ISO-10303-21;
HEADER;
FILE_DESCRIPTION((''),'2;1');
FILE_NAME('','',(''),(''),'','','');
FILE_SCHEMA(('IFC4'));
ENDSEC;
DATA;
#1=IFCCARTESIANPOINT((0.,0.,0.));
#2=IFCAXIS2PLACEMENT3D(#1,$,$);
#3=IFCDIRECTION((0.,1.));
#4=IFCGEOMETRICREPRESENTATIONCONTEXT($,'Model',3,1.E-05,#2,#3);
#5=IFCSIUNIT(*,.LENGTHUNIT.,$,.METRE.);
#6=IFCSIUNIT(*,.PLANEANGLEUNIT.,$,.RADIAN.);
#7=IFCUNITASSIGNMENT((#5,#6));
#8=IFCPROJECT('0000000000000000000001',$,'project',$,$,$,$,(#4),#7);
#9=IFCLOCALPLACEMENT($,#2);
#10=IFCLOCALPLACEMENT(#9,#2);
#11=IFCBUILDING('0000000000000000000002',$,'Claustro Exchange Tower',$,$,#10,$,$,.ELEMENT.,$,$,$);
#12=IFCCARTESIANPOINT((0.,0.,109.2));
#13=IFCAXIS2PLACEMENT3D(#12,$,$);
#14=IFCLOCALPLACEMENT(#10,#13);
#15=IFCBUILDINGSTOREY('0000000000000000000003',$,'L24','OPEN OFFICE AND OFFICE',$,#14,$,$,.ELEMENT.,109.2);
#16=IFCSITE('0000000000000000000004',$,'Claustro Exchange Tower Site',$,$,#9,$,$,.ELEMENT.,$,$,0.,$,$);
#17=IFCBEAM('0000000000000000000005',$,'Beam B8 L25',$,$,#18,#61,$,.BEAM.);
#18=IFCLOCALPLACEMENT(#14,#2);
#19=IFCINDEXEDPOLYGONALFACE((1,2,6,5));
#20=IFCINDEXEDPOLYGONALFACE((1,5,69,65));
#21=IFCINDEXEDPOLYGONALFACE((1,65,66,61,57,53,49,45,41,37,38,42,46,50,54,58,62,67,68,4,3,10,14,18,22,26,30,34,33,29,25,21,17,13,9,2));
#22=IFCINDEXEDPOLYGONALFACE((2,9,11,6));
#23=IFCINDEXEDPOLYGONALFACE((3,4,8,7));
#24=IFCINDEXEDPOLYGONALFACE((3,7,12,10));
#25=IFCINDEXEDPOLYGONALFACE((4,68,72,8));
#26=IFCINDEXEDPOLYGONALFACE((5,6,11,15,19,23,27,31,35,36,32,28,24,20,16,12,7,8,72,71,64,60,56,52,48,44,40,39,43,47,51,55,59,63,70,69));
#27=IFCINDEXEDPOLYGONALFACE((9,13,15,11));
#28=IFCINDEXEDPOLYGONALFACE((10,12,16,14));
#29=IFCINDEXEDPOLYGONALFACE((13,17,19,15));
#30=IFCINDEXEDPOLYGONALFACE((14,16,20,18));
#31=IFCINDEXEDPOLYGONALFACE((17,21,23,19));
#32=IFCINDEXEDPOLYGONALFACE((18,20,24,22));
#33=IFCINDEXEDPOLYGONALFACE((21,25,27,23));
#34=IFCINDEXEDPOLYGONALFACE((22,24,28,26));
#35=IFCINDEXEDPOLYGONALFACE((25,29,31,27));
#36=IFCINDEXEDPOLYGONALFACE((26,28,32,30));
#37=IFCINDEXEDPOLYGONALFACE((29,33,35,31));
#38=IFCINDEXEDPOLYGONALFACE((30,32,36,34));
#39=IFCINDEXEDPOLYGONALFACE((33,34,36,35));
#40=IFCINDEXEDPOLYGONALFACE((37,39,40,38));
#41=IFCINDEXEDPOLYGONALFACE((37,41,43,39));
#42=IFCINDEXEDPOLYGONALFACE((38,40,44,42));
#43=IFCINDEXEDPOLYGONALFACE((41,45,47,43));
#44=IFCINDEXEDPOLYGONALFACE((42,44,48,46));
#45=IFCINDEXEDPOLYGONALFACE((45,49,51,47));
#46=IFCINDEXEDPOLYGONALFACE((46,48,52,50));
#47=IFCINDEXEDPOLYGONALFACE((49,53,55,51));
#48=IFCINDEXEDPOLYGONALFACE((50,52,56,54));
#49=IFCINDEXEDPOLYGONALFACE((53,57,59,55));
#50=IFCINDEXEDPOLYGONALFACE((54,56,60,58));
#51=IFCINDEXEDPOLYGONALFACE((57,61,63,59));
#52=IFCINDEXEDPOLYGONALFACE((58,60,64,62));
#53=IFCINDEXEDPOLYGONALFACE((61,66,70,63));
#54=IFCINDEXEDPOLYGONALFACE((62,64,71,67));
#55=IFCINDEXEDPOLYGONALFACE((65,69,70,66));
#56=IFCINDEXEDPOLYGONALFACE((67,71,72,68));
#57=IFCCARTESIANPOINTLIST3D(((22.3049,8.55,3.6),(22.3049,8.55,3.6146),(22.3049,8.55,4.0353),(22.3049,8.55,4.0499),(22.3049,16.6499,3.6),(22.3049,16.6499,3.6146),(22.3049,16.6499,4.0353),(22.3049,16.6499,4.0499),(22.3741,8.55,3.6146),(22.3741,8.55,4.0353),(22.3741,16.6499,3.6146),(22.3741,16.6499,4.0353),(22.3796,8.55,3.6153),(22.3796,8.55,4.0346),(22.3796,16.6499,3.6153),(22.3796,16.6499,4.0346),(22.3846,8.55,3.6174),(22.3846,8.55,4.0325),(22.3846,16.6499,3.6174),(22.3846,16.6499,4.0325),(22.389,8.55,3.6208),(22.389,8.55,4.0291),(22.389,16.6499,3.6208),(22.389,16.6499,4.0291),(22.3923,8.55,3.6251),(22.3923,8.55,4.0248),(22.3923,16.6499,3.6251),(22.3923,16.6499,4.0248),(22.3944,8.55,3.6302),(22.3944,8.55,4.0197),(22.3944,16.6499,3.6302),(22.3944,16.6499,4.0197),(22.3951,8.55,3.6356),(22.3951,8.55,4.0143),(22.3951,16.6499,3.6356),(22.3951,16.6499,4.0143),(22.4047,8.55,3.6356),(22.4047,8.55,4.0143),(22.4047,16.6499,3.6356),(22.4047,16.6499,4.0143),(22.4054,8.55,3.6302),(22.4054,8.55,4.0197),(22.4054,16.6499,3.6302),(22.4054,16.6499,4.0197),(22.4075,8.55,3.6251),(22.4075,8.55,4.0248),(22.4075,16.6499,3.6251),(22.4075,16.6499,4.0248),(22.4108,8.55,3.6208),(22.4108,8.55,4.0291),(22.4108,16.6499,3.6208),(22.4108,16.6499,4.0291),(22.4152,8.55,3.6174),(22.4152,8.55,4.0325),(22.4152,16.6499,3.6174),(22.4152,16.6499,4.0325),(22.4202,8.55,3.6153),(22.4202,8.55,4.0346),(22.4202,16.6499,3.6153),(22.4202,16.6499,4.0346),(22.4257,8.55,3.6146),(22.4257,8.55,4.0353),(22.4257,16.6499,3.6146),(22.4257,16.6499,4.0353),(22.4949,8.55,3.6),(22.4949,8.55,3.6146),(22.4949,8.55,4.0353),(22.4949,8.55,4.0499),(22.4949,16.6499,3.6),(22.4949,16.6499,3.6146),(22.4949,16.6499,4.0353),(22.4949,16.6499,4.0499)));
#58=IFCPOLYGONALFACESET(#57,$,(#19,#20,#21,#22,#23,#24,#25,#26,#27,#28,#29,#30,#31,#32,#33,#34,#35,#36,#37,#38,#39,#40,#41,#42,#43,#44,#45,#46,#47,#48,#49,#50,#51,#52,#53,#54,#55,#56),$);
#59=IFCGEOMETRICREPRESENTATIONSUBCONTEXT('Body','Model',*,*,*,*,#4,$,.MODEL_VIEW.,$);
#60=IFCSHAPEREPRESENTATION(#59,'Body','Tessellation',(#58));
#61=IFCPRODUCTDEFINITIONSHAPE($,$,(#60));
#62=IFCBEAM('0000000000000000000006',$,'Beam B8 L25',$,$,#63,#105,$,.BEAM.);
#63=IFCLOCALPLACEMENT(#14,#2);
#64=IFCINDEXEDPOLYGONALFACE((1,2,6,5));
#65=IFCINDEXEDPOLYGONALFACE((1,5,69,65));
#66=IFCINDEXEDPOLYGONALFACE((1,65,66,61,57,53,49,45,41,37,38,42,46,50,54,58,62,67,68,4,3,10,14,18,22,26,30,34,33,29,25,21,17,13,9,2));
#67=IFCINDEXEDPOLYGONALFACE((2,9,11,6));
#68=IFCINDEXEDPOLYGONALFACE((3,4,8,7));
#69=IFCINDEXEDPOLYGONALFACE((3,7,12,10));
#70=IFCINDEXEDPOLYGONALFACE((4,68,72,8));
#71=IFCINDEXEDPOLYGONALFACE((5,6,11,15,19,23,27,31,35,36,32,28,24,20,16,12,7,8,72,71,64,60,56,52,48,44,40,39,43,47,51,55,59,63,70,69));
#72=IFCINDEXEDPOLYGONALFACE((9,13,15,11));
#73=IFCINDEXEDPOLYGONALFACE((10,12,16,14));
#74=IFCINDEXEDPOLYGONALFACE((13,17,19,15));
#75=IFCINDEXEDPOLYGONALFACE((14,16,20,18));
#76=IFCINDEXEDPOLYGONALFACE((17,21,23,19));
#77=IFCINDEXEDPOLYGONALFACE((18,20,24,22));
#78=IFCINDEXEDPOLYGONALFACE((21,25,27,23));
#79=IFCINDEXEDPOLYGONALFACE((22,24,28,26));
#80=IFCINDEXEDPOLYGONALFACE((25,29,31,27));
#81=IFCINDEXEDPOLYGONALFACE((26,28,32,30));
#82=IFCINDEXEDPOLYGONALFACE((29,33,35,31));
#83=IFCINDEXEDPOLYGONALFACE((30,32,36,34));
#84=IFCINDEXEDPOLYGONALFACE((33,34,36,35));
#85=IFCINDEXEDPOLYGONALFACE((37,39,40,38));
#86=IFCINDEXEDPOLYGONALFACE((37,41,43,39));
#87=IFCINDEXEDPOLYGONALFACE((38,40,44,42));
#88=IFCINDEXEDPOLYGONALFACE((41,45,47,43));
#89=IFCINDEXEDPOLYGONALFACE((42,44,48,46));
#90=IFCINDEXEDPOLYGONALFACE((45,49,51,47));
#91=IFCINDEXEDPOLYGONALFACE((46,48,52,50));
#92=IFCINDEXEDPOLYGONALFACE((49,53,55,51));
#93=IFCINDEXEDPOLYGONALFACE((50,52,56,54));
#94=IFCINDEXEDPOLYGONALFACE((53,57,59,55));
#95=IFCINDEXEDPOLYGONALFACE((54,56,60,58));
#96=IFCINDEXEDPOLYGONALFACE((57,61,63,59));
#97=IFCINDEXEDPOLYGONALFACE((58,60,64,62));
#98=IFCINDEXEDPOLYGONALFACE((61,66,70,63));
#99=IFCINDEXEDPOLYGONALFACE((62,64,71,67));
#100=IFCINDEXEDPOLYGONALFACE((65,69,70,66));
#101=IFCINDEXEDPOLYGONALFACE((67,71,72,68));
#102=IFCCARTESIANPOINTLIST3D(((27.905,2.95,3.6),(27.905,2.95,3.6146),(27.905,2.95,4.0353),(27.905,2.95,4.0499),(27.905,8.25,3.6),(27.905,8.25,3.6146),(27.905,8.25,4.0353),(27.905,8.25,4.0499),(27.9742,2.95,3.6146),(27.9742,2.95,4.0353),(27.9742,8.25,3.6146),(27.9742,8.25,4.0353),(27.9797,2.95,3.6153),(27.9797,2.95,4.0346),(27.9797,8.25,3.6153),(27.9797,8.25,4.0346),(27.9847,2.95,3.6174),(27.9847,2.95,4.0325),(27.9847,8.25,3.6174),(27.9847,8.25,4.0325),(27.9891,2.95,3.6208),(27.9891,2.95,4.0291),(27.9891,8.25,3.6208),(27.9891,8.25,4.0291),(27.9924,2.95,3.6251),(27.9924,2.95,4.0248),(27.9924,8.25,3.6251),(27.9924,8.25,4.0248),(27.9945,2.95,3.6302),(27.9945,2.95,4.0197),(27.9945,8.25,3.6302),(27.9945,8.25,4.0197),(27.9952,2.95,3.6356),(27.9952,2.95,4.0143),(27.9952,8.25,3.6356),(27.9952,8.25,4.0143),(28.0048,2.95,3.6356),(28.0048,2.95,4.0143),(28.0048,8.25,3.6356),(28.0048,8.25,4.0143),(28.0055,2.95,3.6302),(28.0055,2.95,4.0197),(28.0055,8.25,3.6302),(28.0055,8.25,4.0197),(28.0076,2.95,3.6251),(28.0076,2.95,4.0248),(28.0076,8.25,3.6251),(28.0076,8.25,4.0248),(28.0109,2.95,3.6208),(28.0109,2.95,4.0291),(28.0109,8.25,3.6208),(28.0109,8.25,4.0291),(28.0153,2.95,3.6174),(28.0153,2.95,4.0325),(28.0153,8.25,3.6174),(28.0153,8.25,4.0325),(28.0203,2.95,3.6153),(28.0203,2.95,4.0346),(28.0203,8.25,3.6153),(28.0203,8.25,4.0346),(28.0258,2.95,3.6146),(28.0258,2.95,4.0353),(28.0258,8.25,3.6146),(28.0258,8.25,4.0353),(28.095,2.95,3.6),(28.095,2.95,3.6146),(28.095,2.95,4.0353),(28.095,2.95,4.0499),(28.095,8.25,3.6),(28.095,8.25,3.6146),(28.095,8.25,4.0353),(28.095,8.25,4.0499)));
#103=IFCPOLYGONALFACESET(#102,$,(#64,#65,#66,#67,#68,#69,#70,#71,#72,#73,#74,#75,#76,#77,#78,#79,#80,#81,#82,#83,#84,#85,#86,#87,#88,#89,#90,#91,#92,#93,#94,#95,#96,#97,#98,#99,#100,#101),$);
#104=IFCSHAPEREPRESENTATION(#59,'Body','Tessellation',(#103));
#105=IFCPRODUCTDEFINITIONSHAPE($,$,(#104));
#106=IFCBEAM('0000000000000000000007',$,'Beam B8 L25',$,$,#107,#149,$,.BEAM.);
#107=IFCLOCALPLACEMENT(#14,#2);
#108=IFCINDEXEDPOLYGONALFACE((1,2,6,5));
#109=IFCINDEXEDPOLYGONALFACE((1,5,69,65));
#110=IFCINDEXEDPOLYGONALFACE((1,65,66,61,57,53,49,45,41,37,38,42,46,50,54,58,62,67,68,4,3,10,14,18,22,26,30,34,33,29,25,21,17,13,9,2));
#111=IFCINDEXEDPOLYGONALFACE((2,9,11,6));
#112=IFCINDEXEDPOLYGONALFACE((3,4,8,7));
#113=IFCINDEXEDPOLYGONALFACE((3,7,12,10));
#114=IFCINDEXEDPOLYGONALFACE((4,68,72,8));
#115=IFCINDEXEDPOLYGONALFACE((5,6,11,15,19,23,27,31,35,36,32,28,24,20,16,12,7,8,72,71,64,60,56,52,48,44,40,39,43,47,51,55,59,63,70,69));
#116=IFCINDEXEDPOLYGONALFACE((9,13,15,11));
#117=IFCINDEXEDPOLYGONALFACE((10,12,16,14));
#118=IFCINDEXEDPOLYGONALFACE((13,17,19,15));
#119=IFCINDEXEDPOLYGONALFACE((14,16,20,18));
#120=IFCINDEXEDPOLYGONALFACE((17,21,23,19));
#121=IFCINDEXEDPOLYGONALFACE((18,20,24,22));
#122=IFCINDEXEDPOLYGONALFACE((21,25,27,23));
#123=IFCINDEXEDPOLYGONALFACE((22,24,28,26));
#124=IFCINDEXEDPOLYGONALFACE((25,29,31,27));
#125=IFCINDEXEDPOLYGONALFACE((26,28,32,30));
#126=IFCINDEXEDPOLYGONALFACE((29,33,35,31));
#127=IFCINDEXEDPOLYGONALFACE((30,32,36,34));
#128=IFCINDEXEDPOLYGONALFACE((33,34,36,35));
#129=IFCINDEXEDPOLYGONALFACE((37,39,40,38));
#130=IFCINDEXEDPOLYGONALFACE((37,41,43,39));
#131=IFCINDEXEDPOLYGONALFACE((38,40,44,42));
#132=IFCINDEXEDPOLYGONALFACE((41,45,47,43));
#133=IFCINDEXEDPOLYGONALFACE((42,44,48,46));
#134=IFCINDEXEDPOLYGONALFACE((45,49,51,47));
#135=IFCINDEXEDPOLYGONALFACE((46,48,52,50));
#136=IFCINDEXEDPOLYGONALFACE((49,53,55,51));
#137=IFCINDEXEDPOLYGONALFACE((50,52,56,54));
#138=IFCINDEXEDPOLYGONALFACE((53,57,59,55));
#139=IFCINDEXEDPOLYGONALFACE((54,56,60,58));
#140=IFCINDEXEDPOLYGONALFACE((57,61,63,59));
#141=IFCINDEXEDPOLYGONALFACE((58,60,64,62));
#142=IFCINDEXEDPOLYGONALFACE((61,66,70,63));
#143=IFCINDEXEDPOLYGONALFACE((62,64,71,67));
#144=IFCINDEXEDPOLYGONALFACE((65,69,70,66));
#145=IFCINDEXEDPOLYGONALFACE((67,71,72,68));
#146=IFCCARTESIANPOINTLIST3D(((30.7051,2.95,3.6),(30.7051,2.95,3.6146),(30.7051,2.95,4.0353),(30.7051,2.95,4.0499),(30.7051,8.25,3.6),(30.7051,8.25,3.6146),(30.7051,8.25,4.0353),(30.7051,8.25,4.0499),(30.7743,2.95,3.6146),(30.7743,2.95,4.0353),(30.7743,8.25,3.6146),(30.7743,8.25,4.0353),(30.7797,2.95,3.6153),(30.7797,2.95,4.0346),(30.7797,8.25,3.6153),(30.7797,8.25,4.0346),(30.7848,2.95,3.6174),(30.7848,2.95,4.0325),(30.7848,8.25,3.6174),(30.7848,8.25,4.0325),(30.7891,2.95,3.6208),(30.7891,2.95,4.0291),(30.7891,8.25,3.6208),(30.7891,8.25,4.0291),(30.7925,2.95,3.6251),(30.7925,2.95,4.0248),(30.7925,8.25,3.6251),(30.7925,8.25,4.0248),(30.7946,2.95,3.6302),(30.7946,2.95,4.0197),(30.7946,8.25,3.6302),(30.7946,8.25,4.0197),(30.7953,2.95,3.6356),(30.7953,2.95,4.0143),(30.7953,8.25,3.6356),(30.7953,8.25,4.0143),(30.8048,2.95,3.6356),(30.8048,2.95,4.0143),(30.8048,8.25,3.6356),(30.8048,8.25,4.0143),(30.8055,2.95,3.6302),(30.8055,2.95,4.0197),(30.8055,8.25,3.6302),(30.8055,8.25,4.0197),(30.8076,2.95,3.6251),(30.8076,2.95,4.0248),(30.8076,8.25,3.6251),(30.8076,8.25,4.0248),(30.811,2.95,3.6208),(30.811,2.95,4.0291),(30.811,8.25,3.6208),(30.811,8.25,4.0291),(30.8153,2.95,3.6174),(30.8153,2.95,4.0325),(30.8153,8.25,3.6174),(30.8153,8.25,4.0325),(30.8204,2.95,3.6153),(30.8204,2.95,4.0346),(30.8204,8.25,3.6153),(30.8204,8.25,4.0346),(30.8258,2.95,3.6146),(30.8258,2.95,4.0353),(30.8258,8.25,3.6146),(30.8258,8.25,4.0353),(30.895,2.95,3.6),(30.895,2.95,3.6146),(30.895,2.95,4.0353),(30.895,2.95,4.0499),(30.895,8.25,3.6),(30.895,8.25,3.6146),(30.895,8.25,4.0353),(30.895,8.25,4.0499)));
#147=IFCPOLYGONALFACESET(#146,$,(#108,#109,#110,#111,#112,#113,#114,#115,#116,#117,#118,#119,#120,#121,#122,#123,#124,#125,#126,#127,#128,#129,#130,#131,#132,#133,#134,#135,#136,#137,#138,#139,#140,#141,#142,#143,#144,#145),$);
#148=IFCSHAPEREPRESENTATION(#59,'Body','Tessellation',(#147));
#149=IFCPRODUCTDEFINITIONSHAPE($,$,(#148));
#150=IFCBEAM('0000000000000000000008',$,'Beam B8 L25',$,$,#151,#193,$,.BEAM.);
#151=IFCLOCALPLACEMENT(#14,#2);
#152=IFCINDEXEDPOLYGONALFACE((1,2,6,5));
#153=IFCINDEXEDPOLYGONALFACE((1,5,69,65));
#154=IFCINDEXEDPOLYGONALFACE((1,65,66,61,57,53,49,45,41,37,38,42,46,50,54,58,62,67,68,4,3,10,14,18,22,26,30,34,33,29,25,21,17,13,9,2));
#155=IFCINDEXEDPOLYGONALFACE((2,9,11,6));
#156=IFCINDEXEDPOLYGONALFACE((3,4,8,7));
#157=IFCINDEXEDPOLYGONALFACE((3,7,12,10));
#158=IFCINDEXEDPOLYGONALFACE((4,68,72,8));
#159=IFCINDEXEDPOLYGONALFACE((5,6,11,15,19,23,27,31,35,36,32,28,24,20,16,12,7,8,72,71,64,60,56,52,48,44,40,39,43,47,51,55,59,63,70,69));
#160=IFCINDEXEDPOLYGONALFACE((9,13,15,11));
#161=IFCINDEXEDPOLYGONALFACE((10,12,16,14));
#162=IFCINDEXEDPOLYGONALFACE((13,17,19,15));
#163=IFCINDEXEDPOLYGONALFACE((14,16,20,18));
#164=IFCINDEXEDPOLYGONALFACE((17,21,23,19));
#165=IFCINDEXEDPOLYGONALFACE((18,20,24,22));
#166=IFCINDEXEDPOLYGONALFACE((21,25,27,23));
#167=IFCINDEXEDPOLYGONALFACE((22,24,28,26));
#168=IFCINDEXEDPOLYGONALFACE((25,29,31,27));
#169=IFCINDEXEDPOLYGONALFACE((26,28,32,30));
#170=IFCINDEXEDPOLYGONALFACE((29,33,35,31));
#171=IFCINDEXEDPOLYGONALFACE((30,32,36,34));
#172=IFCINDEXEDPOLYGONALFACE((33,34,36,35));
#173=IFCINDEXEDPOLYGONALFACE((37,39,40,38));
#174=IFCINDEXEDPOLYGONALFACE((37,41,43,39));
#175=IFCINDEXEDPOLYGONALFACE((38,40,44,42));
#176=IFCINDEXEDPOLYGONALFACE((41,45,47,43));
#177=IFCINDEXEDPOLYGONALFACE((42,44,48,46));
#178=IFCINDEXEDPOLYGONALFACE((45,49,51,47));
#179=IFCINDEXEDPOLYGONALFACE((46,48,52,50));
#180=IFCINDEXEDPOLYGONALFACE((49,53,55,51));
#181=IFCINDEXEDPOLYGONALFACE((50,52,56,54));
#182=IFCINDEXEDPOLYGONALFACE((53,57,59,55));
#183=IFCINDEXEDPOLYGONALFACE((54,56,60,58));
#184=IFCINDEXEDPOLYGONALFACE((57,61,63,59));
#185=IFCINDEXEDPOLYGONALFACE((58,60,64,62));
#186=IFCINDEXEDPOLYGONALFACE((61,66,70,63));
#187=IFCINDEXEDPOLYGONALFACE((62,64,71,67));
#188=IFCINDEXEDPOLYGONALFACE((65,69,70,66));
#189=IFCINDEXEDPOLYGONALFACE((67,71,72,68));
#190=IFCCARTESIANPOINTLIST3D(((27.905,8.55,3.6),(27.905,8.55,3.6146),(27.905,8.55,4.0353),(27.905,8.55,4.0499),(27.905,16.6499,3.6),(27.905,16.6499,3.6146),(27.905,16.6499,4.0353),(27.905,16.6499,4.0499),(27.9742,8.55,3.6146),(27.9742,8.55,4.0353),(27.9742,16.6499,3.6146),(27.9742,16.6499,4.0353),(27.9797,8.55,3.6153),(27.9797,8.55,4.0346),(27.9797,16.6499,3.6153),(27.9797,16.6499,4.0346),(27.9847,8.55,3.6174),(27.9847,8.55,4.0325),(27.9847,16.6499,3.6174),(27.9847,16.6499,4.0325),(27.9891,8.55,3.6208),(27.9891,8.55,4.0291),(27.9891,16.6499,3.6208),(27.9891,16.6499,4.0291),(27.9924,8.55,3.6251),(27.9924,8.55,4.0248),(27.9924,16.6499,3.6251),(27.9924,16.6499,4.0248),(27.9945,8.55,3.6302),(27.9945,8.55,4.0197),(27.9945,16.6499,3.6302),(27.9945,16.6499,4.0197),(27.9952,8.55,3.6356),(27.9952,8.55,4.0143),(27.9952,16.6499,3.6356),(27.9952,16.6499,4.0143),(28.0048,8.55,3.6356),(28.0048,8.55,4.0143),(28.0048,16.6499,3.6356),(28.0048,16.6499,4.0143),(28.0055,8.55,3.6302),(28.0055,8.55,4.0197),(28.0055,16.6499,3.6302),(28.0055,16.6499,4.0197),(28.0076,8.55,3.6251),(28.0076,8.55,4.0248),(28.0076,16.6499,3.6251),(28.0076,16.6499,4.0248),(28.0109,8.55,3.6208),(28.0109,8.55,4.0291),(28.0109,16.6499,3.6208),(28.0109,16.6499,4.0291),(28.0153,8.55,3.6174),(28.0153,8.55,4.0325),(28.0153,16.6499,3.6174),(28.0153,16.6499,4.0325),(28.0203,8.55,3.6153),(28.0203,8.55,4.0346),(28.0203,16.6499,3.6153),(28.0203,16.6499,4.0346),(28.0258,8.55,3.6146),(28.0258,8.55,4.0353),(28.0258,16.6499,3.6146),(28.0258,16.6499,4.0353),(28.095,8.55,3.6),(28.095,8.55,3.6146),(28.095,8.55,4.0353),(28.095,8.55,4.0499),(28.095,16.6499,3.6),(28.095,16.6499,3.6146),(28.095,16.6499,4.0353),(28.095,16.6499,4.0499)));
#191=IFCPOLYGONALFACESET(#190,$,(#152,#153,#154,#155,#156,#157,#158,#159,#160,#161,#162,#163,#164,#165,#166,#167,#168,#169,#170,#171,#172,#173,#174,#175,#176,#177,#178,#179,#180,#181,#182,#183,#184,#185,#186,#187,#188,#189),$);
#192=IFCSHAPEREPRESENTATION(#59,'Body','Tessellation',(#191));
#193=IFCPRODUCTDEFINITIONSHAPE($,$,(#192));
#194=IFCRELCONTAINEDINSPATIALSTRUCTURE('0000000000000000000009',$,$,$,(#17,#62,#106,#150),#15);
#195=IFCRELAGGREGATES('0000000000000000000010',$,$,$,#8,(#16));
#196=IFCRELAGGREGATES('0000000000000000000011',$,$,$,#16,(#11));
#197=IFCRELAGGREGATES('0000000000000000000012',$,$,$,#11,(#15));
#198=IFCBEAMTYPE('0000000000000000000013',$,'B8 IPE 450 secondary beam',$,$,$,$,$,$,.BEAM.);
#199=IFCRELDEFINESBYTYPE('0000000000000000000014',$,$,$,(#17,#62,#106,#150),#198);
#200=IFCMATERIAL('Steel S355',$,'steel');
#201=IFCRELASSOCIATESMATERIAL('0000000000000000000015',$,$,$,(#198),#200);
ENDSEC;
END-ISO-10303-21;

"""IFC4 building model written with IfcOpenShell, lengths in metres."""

from ifc_helpers import new_model, si_unit, direction, frame, origin, origin_2d, place, context, subcontext, project, spatial, i_section, extrude, material, material_profile, profile_set, type_object, element, save


model = new_model("IFC4")

# Units and contexts
model_context = context("Model", 3, precision=1e-05, world=origin(), true_north=direction((0.0, 1.0)))
body_context = subcontext(model_context, "Body", "Model", "MODEL_VIEW")
ifc_project = project(units=[si_unit("LENGTHUNIT", "METRE"), si_unit("PLANEANGLEUNIT", "RADIAN")], contexts=[model_context])

# Site, building, storey
site_placement = place(None, origin())
site = spatial("IfcSite", under=ifc_project, at=site_placement, Name="Claustro Exchange Tower Site", CompositionType="ELEMENT", RefElevation=0.0)
building_placement = place(site_placement, origin())
building = spatial("IfcBuilding", under=site, at=building_placement, Name="Claustro Exchange Tower", CompositionType="ELEMENT")
storey_placement = place(building_placement, frame((0.0, 0.0, 109.2)))
storey = spatial("IfcBuildingStorey", under=building, at=storey_placement, Name="L24", Description="OPEN OFFICE AND OFFICE", CompositionType="ELEMENT", Elevation=109.2)

# Beams
ifc_material_1 = material(Name="Steel S355", Category="steel")
ifc_material_profile_1 = material_profile(ifc_material_1, i_section(OverallWidth=0.1899, OverallDepth=0.45, WebThickness=0.0095, FlangeThickness=0.0146, FilletRadius=0.021, at=origin_2d()), Name="IPE 450")
ifc_profile_set_1 = profile_set([ifc_material_profile_1], Name="Steel S355")
beam_type_1 = type_object("IfcBeamType", Name="B8 IPE 450 secondary beam", PredefinedType="BEAM", material=ifc_profile_set_1)
for number, where, z_axis, x_axis, name in (
    (1, (22.3999, 8.55, 3.825), (0.0, 1.0, 0.0), (-1.0, 0.0, 0.0), "Beam B8 L25"),
):
    element("IfcBeam", number, at=place(storey_placement, frame(where, z_axis=z_axis, x_axis=x_axis)), inside=storey, type_object=beam_type_1, Name=name, PredefinedType="BEAM", context=body_context, shape_type="SweptSolid", body=[
        extrude(i_section(OverallWidth=0.1899, OverallDepth=0.45, WebThickness=0.0095, FlangeThickness=0.0146, FilletRadius=0.021, at=origin_2d()), origin(), (0.0, 0.0, 1.0), 8.0999),
    ])
for number, where, z_axis, x_axis, name in (
    (2, (28.0, 2.95, 3.825), (0.0, 1.0, 0.0), (-1.0, 0.0, 0.0), "Beam B8 L25"),
    (3, (30.8, 2.95, 3.825), (0.0, 1.0, 0.0), (-1.0, 0.0, 0.0), "Beam B8 L25"),
):
    element("IfcBeam", number, at=place(storey_placement, frame(where, z_axis=z_axis, x_axis=x_axis)), inside=storey, type_object=beam_type_1, Name=name, PredefinedType="BEAM", context=body_context, shape_type="SweptSolid", body=[
        extrude(i_section(OverallWidth=0.1899, OverallDepth=0.45, WebThickness=0.0095, FlangeThickness=0.0146, FilletRadius=0.021, at=origin_2d()), origin(), (0.0, 0.0, 1.0), 5.3),
    ])
for number, where, z_axis, x_axis, name in (
    (4, (28.0, 8.55, 3.825), (0.0, 1.0, 0.0), (-1.0, 0.0, 0.0), "Beam B8 L25"),
):
    element("IfcBeam", number, at=place(storey_placement, frame(where, z_axis=z_axis, x_axis=x_axis)), inside=storey, type_object=beam_type_1, Name=name, PredefinedType="BEAM", context=body_context, shape_type="SweptSolid", body=[
        extrude(i_section(OverallWidth=0.1899, OverallDepth=0.45, WebThickness=0.0095, FlangeThickness=0.0146, FilletRadius=0.021, at=origin_2d()), origin(), (0.0, 0.0, 1.0), 8.0999),
    ])

save(model, "model.ifc")
